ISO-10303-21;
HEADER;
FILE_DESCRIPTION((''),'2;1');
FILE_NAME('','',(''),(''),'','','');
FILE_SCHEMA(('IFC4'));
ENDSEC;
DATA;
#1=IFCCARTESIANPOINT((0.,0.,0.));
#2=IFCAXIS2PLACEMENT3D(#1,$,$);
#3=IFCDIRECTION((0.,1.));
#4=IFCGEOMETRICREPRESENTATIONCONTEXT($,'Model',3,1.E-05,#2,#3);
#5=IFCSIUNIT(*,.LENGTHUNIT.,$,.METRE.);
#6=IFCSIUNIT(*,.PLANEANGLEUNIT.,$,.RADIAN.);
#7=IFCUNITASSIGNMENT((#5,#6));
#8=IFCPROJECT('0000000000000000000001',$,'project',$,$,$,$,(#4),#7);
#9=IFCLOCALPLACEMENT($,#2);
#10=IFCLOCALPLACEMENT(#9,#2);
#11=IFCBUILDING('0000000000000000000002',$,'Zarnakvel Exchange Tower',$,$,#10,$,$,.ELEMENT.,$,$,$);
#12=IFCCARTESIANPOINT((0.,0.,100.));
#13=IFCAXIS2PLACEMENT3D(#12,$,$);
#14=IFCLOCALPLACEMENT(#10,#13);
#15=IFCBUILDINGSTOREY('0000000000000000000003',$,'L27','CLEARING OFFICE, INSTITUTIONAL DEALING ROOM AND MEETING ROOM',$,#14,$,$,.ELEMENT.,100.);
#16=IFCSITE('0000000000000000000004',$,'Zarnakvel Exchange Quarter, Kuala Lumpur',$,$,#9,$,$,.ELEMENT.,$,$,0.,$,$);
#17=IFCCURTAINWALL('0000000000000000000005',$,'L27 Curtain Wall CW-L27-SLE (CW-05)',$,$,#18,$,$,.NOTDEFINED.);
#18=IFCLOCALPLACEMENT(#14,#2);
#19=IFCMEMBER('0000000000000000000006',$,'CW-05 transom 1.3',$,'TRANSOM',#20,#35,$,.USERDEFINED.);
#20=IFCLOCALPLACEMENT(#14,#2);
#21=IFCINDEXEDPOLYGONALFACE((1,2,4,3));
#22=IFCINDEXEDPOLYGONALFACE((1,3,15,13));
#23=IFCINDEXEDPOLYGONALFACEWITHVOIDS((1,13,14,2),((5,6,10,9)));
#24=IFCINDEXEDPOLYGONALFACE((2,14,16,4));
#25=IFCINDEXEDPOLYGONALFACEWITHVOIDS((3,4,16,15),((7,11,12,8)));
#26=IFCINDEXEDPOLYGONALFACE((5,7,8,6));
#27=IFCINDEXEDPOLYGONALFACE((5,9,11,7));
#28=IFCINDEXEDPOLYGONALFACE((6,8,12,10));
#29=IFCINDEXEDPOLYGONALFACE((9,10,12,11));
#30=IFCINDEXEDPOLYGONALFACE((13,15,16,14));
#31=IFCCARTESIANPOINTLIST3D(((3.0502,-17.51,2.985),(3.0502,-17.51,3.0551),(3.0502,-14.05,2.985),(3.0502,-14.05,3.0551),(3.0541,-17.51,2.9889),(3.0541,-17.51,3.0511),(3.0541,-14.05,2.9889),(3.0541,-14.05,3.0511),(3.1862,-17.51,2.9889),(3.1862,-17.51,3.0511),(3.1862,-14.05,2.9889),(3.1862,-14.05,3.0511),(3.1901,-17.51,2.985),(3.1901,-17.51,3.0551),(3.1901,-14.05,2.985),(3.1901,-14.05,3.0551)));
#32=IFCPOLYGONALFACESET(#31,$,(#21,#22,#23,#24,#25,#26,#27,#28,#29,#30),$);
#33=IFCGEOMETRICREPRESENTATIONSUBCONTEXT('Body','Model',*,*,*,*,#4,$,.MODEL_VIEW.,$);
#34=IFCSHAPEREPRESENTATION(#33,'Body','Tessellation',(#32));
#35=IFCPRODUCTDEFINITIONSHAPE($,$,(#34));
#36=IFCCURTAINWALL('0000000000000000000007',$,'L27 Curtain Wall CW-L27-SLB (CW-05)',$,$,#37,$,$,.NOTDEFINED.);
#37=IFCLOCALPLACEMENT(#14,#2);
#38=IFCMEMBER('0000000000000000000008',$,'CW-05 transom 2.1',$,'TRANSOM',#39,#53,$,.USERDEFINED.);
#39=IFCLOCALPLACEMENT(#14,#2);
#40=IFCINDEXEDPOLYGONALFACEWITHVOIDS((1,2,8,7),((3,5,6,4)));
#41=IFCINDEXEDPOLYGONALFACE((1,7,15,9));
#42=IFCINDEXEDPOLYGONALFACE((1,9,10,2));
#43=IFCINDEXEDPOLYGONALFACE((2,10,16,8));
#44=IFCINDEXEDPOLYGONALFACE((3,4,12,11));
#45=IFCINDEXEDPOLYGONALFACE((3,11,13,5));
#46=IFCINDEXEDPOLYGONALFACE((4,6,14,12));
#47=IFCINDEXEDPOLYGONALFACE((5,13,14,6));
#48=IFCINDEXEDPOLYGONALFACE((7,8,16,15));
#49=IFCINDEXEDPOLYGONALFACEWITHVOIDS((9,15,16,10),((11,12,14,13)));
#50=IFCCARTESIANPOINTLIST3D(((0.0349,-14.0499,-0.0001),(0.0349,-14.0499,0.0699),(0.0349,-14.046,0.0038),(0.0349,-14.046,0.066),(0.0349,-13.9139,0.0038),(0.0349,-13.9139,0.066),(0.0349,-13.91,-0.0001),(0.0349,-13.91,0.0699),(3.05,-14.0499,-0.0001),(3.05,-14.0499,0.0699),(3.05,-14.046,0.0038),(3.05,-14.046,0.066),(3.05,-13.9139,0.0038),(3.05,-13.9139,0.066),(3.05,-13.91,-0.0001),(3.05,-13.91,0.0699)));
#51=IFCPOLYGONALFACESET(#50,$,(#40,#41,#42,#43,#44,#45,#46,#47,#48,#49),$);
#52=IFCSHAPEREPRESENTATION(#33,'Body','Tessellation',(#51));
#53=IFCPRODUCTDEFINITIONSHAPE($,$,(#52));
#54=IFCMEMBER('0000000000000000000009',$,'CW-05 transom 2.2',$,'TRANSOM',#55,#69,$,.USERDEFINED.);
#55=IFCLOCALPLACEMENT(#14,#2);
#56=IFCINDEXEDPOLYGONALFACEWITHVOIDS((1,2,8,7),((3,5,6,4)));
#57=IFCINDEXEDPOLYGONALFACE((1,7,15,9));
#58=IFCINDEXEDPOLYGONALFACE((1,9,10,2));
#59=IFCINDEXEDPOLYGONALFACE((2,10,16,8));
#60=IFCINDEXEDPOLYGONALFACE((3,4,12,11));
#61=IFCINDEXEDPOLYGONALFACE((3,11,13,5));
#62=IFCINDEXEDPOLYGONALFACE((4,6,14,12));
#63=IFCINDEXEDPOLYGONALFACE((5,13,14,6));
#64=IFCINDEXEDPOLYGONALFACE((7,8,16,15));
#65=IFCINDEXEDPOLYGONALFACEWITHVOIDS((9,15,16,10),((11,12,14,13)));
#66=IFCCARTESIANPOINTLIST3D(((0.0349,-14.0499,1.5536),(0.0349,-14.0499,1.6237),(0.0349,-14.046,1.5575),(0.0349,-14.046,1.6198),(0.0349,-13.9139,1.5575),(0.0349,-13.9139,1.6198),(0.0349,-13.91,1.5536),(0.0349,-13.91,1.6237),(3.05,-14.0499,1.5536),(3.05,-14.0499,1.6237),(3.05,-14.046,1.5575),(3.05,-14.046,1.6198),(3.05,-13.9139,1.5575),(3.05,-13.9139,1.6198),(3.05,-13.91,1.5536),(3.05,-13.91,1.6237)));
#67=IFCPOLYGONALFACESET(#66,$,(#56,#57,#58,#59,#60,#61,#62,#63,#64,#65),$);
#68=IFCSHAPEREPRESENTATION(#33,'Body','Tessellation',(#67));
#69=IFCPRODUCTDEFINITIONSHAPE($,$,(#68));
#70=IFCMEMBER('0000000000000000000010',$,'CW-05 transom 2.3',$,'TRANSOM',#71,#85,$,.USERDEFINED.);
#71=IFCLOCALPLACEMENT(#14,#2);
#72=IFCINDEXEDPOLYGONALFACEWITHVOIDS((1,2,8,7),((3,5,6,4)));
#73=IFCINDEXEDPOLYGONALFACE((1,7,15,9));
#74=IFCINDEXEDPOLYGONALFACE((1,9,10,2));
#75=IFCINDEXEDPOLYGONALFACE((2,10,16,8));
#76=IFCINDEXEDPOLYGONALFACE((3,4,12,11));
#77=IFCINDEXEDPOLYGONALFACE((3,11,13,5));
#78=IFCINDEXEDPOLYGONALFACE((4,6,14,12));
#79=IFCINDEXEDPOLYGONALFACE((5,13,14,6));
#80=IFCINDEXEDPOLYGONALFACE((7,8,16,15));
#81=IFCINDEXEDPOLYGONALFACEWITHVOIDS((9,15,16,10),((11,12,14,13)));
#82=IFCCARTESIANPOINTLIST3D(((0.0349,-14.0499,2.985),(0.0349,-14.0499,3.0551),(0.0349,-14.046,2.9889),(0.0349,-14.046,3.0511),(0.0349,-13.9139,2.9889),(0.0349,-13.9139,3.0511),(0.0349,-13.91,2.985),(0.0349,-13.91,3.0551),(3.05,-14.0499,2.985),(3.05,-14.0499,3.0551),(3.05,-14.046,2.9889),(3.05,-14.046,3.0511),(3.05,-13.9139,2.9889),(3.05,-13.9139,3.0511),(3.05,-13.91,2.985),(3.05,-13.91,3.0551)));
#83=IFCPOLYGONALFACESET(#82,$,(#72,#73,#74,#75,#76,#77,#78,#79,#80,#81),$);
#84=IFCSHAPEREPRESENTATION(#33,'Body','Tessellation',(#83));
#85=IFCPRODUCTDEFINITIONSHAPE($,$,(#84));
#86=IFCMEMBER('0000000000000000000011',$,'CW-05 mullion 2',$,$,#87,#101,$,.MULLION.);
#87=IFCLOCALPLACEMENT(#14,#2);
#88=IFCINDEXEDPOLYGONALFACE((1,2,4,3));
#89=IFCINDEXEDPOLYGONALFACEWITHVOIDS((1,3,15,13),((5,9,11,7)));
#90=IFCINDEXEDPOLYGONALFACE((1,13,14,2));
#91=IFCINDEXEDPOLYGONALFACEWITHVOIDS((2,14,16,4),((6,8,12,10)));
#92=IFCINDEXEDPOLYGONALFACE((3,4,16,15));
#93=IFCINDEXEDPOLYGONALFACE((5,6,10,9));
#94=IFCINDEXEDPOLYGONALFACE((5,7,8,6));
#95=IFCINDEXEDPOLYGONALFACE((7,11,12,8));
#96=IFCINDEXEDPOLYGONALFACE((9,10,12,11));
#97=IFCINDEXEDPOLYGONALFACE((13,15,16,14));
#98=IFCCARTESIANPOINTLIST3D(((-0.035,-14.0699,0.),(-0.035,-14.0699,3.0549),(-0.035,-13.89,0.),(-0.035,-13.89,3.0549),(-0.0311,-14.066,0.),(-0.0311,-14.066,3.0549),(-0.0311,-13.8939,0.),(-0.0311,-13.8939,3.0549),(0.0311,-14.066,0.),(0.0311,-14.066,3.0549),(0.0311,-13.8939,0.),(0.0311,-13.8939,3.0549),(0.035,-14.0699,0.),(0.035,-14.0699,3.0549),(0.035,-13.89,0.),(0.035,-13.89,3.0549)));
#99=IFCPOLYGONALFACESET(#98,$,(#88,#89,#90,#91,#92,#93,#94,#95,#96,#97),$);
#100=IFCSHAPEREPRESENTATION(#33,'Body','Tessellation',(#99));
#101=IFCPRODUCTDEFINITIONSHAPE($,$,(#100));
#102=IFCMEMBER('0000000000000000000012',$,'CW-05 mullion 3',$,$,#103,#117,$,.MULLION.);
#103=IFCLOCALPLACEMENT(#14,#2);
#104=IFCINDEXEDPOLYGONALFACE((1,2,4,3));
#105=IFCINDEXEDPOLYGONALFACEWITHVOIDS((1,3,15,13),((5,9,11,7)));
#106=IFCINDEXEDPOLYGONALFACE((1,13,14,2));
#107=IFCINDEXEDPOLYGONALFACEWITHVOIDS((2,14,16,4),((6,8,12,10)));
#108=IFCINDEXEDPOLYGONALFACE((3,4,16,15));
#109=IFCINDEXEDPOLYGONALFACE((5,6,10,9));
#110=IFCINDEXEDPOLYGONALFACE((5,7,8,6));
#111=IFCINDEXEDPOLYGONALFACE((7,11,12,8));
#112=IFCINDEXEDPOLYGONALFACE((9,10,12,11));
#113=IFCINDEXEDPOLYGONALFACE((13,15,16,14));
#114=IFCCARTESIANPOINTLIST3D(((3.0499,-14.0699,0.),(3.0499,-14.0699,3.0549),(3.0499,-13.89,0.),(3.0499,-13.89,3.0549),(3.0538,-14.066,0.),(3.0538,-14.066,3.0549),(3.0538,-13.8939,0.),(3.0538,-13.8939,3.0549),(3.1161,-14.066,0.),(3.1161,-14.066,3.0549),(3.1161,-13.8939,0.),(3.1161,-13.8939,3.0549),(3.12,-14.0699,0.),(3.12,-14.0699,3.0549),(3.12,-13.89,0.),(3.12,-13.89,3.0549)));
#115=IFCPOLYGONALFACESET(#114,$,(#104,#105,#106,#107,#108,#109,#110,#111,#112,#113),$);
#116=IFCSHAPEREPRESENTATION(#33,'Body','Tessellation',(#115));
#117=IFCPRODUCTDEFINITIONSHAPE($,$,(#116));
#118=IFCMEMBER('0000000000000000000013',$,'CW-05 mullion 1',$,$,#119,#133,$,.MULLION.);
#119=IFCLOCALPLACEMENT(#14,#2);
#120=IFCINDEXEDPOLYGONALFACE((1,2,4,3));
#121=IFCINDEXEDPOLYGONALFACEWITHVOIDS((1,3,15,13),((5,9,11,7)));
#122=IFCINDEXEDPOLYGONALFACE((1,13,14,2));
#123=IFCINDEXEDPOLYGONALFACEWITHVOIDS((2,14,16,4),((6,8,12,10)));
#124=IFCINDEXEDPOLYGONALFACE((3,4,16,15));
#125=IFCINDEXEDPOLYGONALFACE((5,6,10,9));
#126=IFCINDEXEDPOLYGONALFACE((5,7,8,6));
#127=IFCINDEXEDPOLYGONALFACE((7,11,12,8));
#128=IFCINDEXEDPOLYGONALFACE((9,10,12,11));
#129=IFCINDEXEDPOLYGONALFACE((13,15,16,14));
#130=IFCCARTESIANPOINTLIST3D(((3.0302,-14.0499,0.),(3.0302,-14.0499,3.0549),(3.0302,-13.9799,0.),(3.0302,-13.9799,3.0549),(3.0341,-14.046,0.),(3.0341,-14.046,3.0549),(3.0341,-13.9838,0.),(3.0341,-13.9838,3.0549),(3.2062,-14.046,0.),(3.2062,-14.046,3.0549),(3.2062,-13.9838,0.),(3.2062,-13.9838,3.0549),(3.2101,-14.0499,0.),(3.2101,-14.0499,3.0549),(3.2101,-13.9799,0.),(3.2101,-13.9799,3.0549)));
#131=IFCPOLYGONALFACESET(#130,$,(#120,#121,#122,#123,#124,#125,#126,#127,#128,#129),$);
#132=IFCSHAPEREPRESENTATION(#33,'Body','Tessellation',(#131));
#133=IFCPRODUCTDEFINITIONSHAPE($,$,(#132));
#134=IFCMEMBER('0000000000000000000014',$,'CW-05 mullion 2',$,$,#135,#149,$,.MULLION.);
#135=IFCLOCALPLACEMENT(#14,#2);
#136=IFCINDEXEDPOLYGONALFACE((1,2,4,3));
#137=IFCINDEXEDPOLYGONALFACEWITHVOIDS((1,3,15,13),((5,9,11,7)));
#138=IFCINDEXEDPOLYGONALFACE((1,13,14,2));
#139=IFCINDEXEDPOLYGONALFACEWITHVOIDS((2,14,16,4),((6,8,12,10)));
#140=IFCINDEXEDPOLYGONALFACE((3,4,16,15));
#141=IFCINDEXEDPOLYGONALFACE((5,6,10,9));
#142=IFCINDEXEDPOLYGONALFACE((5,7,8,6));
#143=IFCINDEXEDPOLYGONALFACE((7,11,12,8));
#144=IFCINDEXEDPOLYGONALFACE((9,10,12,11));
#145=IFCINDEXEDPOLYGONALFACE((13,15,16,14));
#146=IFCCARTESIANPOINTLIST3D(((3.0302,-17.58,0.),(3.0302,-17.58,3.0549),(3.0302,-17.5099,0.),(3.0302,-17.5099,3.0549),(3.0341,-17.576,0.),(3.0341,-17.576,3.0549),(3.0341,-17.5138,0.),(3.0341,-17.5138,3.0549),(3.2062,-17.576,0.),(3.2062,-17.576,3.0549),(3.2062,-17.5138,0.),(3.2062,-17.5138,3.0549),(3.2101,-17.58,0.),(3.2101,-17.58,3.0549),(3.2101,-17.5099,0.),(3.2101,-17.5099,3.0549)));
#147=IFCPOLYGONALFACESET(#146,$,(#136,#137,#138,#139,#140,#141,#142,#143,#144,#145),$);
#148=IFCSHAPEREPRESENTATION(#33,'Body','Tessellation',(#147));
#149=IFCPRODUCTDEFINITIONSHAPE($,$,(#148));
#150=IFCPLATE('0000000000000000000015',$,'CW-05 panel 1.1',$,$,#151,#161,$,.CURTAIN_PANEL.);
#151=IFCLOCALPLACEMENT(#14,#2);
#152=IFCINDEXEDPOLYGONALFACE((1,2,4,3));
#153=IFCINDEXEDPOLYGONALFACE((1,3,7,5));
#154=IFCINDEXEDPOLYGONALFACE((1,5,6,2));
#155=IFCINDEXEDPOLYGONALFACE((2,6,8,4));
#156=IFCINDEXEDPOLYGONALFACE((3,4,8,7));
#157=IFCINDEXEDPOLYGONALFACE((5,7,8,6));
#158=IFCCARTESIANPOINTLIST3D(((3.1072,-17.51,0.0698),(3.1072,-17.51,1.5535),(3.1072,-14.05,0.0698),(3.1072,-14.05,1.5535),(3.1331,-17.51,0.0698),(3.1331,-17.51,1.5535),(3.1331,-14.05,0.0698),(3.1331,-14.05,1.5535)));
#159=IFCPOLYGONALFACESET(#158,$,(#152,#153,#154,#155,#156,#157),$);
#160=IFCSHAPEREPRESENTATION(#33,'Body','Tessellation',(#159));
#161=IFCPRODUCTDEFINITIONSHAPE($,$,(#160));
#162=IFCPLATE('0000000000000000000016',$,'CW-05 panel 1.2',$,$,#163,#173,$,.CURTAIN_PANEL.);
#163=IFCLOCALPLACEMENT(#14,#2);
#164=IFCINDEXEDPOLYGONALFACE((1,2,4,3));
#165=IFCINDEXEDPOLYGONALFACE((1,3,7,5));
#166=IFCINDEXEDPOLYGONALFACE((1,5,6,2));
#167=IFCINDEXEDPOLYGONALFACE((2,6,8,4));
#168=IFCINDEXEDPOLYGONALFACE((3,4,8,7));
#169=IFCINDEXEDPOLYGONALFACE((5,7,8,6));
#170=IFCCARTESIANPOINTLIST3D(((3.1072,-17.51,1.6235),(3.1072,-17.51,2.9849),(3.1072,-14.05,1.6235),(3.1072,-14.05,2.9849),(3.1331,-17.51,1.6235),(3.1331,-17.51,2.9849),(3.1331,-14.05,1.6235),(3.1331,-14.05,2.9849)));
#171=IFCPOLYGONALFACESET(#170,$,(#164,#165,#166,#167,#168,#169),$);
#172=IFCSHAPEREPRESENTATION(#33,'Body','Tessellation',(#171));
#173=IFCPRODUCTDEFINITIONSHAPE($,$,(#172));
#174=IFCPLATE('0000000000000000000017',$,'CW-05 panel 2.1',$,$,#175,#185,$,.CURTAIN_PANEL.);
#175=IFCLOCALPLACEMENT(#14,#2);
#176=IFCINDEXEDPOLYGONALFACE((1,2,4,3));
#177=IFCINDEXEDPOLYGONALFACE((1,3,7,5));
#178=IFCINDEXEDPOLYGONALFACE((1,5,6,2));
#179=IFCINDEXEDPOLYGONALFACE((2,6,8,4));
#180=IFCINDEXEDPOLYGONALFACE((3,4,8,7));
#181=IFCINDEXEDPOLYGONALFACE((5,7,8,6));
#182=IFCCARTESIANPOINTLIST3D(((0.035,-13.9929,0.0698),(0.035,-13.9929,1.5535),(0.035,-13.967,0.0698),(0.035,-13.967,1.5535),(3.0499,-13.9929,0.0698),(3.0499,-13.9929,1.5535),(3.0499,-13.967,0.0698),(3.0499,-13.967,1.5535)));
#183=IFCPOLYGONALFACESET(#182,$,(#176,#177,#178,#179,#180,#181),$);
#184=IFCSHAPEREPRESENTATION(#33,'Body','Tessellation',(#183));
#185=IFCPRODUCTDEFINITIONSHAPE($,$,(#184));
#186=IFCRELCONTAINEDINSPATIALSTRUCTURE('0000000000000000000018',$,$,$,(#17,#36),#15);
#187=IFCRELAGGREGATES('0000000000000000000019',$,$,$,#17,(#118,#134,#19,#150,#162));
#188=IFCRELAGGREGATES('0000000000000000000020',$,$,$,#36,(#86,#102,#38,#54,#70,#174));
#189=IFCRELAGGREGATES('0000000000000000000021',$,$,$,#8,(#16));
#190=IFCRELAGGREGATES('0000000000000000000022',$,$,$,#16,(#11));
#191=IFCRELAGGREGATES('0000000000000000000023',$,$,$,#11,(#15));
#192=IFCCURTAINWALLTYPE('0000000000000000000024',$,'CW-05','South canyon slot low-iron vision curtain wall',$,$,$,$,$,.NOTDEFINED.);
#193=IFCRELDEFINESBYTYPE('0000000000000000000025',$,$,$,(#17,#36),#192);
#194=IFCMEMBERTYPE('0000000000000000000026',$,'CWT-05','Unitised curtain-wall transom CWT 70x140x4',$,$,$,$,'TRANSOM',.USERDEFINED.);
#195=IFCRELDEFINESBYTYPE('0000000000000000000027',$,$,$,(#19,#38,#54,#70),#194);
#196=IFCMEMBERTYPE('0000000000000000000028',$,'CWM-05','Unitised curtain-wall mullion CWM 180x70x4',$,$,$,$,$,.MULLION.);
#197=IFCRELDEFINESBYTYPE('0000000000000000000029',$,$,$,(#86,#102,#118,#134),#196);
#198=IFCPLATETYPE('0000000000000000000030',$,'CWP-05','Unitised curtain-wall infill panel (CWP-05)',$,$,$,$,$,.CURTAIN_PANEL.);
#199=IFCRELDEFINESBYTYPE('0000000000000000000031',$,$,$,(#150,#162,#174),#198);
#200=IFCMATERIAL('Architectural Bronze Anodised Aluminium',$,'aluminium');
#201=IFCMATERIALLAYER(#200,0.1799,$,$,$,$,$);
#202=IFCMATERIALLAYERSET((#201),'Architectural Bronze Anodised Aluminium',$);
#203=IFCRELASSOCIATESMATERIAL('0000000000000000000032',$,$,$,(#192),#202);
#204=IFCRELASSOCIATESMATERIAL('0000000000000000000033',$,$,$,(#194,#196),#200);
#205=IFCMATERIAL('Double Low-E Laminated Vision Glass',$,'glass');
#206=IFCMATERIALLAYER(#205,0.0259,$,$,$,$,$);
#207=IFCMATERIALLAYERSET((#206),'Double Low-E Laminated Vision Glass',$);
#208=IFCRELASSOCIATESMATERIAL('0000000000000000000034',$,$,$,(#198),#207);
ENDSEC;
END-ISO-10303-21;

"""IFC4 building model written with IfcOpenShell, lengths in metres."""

from ifc_helpers import new_model, si_unit, direction, frame, origin, origin_2d, place, context, subcontext, project, spatial, rectangle, hollow_rectangle, extrude, source, transform, mapped, material, layer, layer_set, material_profile, profile_set, type_object, element, aggregate, save


model = new_model("IFC4")

# Units and contexts
model_context = context("Model", 3, precision=1e-05, world=origin(), true_north=direction((0.0, 1.0)))
body_context = subcontext(model_context, "Body", "Model", "MODEL_VIEW")
ifc_project = project(units=[si_unit("LENGTHUNIT", "METRE"), si_unit("PLANEANGLEUNIT", "RADIAN")], contexts=[model_context])

# Site, building, storey
site_placement = place(None, origin())
site = spatial("IfcSite", under=ifc_project, at=site_placement, Name="Zarnakvel Exchange Quarter, Kuala Lumpur", CompositionType="ELEMENT", RefElevation=0.0)
building_placement = place(site_placement, origin())
building = spatial("IfcBuilding", under=site, at=building_placement, Name="Zarnakvel Exchange Tower", CompositionType="ELEMENT")
storey_placement = place(building_placement, frame((0.0, 0.0, 100.0)))
storey = spatial("IfcBuildingStorey", under=building, at=storey_placement, Name="L27", Description="CLEARING OFFICE, INSTITUTIONAL DEALING ROOM AND MEETING ROOM", CompositionType="ELEMENT", Elevation=100.0)

# Curtain walls, members
ifc_material_1 = material(Name="Architectural Bronze Anodised Aluminium", Category="aluminium")
ifc_layer_1 = layer(ifc_material_1, 0.1799)
ifc_layer_set_1 = layer_set([ifc_layer_1], Name="Architectural Bronze Anodised Aluminium")
curtain_wall_type = type_object("IfcCurtainWallType", Name="CW-05", Description="South canyon slot low-iron vision curtain wall", PredefinedType="NOTDEFINED", material=ifc_layer_set_1)
curtain_wall_1_placement = place(storey_placement, origin())
curtain_wall_1 = element("IfcCurtainWall", 1, at=curtain_wall_1_placement, inside=storey, type_object=curtain_wall_type, Name="L27 Curtain Wall CW-L27-SLE (CW-05)", PredefinedType="NOTDEFINED")
ifc_material_profile_1 = material_profile(ifc_material_1, hollow_rectangle(XDim=0.1399, YDim=0.0701, WallThickness=0.0039, at=origin_2d()))
ifc_profile_set_1 = profile_set([ifc_material_profile_1], Name="Architectural Bronze Anodised Aluminium")
member_type_1 = type_object("IfcMemberType", Name="CWT-05", Description="Unitised curtain-wall transom CWT 70x140x4", ElementType="TRANSOM", PredefinedType="USERDEFINED", material=ifc_profile_set_1)
shared_shape_1 = source(origin(), body_context, "Body", "SweptSolid", [
    extrude(hollow_rectangle(XDim=0.1399, YDim=0.0701, WallThickness=0.0039, at=origin_2d()), origin(), (0.0, 0.0, 1.0), 3.46),
])
member_1_placement = place(storey_placement, frame((3.1201, -14.05, 3.02), z_axis=(0.0, -1.0, 0.0), x_axis=(1.0, 0.0, 0.0)))
member_1 = element("IfcMember", 2, at=member_1_placement, type_object=member_type_1, Name="CW-05 transom 1.3", ObjectType="TRANSOM", PredefinedType="USERDEFINED", context=body_context, shape_type="MappedRepresentation", body=[
    mapped(shared_shape_1, transform((0.0, 0.0, 0.0), x_axis=(1.0, 0.0, 0.0), y_axis=(0.0, 1.0, 0.0), z_axis=(0.0, 0.0, 1.0), scale=1.0)),
])
curtain_wall_2_placement = place(storey_placement, origin())
curtain_wall_2 = element("IfcCurtainWall", 3, at=curtain_wall_2_placement, inside=storey, type_object=curtain_wall_type, Name="L27 Curtain Wall CW-L27-SLB (CW-05)", PredefinedType="NOTDEFINED")
shared_shape_2 = source(origin(), body_context, "Body", "SweptSolid", [
    extrude(hollow_rectangle(XDim=0.1399, YDim=0.0701, WallThickness=0.0039, at=origin_2d()), origin(), (0.0, 0.0, 1.0), 3.0151),
])
member_2_placement = place(storey_placement, frame((0.0349, -13.98, 0.0349), z_axis=(1.0, 0.0, 0.0), x_axis=(0.0, 1.0, 0.0)))
member_2 = element("IfcMember", 4, at=member_2_placement, type_object=member_type_1, Name="CW-05 transom 2.1", ObjectType="TRANSOM", PredefinedType="USERDEFINED", context=body_context, shape_type="MappedRepresentation", body=[
    mapped(shared_shape_2, transform((0.0, 0.0, 0.0), x_axis=(1.0, 0.0, 0.0), y_axis=(0.0, 1.0, 0.0), z_axis=(0.0, 0.0, 1.0), scale=1.0)),
])
member_3_placement = place(storey_placement, frame((0.0349, -13.98, 1.5886), z_axis=(1.0, 0.0, 0.0), x_axis=(0.0, 1.0, 0.0)))
member_3 = element("IfcMember", 5, at=member_3_placement, type_object=member_type_1, Name="CW-05 transom 2.2", ObjectType="TRANSOM", PredefinedType="USERDEFINED", context=body_context, shape_type="MappedRepresentation", body=[
    mapped(shared_shape_2, transform((0.0, 0.0, 0.0), x_axis=(1.0, 0.0, 0.0), y_axis=(0.0, 1.0, 0.0), z_axis=(0.0, 0.0, 1.0), scale=1.0)),
])
member_4_placement = place(storey_placement, frame((0.0349, -13.98, 3.02), z_axis=(1.0, 0.0, 0.0), x_axis=(0.0, 1.0, 0.0)))
member_4 = element("IfcMember", 6, at=member_4_placement, type_object=member_type_1, Name="CW-05 transom 2.3", ObjectType="TRANSOM", PredefinedType="USERDEFINED", context=body_context, shape_type="MappedRepresentation", body=[
    mapped(shared_shape_2, transform((0.0, 0.0, 0.0), x_axis=(1.0, 0.0, 0.0), y_axis=(0.0, 1.0, 0.0), z_axis=(0.0, 0.0, 1.0), scale=1.0)),
])
ifc_material_profile_2 = material_profile(ifc_material_1, hollow_rectangle(XDim=0.1799, YDim=0.0701, WallThickness=0.0039, at=origin_2d()))
ifc_profile_set_2 = profile_set([ifc_material_profile_2], Name="Architectural Bronze Anodised Aluminium")
member_type_2 = type_object("IfcMemberType", Name="CWM-05", Description="Unitised curtain-wall mullion CWM 180x70x4", PredefinedType="MULLION", material=ifc_profile_set_2)
shared_shape_3 = source(origin(), body_context, "Body", "SweptSolid", [
    extrude(hollow_rectangle(XDim=0.1799, YDim=0.0701, WallThickness=0.0039, at=origin_2d()), origin(), (0.0, 0.0, 1.0), 3.0549),
])
member_5_placement = place(storey_placement, frame((0.0, -13.98, 0.0), z_axis=(0.0, 0.0, 1.0), x_axis=(0.0, 1.0, 0.0)))
member_5 = element("IfcMember", 7, at=member_5_placement, type_object=member_type_2, Name="CW-05 mullion 2", PredefinedType="MULLION", context=body_context, shape_type="MappedRepresentation", body=[
    mapped(shared_shape_3, transform((0.0, 0.0, 0.0), x_axis=(1.0, 0.0, 0.0), y_axis=(0.0, 1.0, 0.0), z_axis=(0.0, 0.0, 1.0), scale=1.0)),
])
member_6_placement = place(storey_placement, frame((3.085, -13.98, 0.0), z_axis=(0.0, 0.0, 1.0), x_axis=(0.0, 1.0, 0.0)))
member_6 = element("IfcMember", 8, at=member_6_placement, type_object=member_type_2, Name="CW-05 mullion 3", PredefinedType="MULLION", context=body_context, shape_type="MappedRepresentation", body=[
    mapped(shared_shape_3, transform((0.0, 0.0, 0.0), x_axis=(1.0, 0.0, 0.0), y_axis=(0.0, 1.0, 0.0), z_axis=(0.0, 0.0, 1.0), scale=1.0)),
])

# Members
member_7_placement = place(storey_placement, frame((3.1201, -14.0149, 0.0), z_axis=(0.0, 0.0, 1.0), x_axis=(1.0, 0.0, 0.0)))
member_7 = element("IfcMember", 9, at=member_7_placement, type_object=member_type_2, Name="CW-05 mullion 1", PredefinedType="MULLION", context=body_context, shape_type="MappedRepresentation", body=[
    mapped(shared_shape_3, transform((0.0, 0.0, 0.0), x_axis=(1.0, 0.0, 0.0), y_axis=(0.0, 1.0, 0.0), z_axis=(0.0, 0.0, 1.0), scale=1.0)),
])
member_8_placement = place(storey_placement, frame((3.1201, -17.5449, 0.0), z_axis=(0.0, 0.0, 1.0), x_axis=(1.0, 0.0, 0.0)))
member_8 = element("IfcMember", 10, at=member_8_placement, type_object=member_type_2, Name="CW-05 mullion 2", PredefinedType="MULLION", context=body_context, shape_type="MappedRepresentation", body=[
    mapped(shared_shape_3, transform((0.0, 0.0, 0.0), x_axis=(1.0, 0.0, 0.0), y_axis=(0.0, 1.0, 0.0), z_axis=(0.0, 0.0, 1.0), scale=1.0)),
])

# Plates
ifc_material_2 = material(Name="Double Low-E Laminated Vision Glass", Category="glass")
ifc_layer_2 = layer(ifc_material_2, 0.0259)
ifc_layer_set_2 = layer_set([ifc_layer_2], Name="Double Low-E Laminated Vision Glass")
plate_type = type_object("IfcPlateType", Name="CWP-05", Description="Unitised curtain-wall infill panel (CWP-05)", PredefinedType="CURTAIN_PANEL", material=ifc_layer_set_2)
shared_shape_4 = source(origin(), body_context, "Body", "SweptSolid", [
    extrude(rectangle(XDim=3.46, YDim=0.0259, at=origin_2d()), origin(), (0.0, 0.0, 1.0), 1.4836),
])
plate_1_placement = place(storey_placement, frame((3.1201, -15.78, 0.0698), z_axis=(0.0, 0.0, 1.0), x_axis=(0.0, -1.0, 0.0)))
plate_1 = element("IfcPlate", 11, at=plate_1_placement, type_object=plate_type, Name="CW-05 panel 1.1", PredefinedType="CURTAIN_PANEL", context=body_context, shape_type="MappedRepresentation", body=[
    mapped(shared_shape_4, transform((0.0, 0.0, 0.0), x_axis=(1.0, 0.0, 0.0), y_axis=(0.0, 1.0, 0.0), z_axis=(0.0, 0.0, 1.0), scale=1.0)),
])
shared_shape_5 = source(origin(), body_context, "Body", "SweptSolid", [
    extrude(rectangle(XDim=3.46, YDim=0.0259, at=origin_2d()), origin(), (0.0, 0.0, 1.0), 1.3613),
])
plate_2_placement = place(storey_placement, frame((3.1201, -15.78, 1.6235), z_axis=(0.0, 0.0, 1.0), x_axis=(0.0, -1.0, 0.0)))
plate_2 = element("IfcPlate", 12, at=plate_2_placement, type_object=plate_type, Name="CW-05 panel 1.2", PredefinedType="CURTAIN_PANEL", context=body_context, shape_type="MappedRepresentation", body=[
    mapped(shared_shape_5, transform((0.0, 0.0, 0.0), x_axis=(1.0, 0.0, 0.0), y_axis=(0.0, 1.0, 0.0), z_axis=(0.0, 0.0, 1.0), scale=1.0)),
])
aggregate(curtain_wall_1, [member_7, member_8, member_1, plate_1, plate_2])
shared_shape_6 = source(origin(), body_context, "Body", "SweptSolid", [
    extrude(rectangle(XDim=3.0149, YDim=0.0259, at=origin_2d()), origin(), (0.0, 0.0, 1.0), 1.4836),
])
plate_3_placement = place(storey_placement, frame((1.5425, -13.98, 0.0698), z_axis=(0.0, 0.0, 1.0), x_axis=(1.0, 0.0, 0.0)))
plate_3 = element("IfcPlate", 13, at=plate_3_placement, type_object=plate_type, Name="CW-05 panel 2.1", PredefinedType="CURTAIN_PANEL", context=body_context, shape_type="MappedRepresentation", body=[
    mapped(shared_shape_6, transform((0.0, 0.0, 0.0), x_axis=(1.0, 0.0, 0.0), y_axis=(0.0, 1.0, 0.0), z_axis=(0.0, 0.0, 1.0), scale=1.0)),
])
aggregate(curtain_wall_2, [member_5, member_6, member_2, member_3, member_4, plate_3])

save(model, "model.ifc")
